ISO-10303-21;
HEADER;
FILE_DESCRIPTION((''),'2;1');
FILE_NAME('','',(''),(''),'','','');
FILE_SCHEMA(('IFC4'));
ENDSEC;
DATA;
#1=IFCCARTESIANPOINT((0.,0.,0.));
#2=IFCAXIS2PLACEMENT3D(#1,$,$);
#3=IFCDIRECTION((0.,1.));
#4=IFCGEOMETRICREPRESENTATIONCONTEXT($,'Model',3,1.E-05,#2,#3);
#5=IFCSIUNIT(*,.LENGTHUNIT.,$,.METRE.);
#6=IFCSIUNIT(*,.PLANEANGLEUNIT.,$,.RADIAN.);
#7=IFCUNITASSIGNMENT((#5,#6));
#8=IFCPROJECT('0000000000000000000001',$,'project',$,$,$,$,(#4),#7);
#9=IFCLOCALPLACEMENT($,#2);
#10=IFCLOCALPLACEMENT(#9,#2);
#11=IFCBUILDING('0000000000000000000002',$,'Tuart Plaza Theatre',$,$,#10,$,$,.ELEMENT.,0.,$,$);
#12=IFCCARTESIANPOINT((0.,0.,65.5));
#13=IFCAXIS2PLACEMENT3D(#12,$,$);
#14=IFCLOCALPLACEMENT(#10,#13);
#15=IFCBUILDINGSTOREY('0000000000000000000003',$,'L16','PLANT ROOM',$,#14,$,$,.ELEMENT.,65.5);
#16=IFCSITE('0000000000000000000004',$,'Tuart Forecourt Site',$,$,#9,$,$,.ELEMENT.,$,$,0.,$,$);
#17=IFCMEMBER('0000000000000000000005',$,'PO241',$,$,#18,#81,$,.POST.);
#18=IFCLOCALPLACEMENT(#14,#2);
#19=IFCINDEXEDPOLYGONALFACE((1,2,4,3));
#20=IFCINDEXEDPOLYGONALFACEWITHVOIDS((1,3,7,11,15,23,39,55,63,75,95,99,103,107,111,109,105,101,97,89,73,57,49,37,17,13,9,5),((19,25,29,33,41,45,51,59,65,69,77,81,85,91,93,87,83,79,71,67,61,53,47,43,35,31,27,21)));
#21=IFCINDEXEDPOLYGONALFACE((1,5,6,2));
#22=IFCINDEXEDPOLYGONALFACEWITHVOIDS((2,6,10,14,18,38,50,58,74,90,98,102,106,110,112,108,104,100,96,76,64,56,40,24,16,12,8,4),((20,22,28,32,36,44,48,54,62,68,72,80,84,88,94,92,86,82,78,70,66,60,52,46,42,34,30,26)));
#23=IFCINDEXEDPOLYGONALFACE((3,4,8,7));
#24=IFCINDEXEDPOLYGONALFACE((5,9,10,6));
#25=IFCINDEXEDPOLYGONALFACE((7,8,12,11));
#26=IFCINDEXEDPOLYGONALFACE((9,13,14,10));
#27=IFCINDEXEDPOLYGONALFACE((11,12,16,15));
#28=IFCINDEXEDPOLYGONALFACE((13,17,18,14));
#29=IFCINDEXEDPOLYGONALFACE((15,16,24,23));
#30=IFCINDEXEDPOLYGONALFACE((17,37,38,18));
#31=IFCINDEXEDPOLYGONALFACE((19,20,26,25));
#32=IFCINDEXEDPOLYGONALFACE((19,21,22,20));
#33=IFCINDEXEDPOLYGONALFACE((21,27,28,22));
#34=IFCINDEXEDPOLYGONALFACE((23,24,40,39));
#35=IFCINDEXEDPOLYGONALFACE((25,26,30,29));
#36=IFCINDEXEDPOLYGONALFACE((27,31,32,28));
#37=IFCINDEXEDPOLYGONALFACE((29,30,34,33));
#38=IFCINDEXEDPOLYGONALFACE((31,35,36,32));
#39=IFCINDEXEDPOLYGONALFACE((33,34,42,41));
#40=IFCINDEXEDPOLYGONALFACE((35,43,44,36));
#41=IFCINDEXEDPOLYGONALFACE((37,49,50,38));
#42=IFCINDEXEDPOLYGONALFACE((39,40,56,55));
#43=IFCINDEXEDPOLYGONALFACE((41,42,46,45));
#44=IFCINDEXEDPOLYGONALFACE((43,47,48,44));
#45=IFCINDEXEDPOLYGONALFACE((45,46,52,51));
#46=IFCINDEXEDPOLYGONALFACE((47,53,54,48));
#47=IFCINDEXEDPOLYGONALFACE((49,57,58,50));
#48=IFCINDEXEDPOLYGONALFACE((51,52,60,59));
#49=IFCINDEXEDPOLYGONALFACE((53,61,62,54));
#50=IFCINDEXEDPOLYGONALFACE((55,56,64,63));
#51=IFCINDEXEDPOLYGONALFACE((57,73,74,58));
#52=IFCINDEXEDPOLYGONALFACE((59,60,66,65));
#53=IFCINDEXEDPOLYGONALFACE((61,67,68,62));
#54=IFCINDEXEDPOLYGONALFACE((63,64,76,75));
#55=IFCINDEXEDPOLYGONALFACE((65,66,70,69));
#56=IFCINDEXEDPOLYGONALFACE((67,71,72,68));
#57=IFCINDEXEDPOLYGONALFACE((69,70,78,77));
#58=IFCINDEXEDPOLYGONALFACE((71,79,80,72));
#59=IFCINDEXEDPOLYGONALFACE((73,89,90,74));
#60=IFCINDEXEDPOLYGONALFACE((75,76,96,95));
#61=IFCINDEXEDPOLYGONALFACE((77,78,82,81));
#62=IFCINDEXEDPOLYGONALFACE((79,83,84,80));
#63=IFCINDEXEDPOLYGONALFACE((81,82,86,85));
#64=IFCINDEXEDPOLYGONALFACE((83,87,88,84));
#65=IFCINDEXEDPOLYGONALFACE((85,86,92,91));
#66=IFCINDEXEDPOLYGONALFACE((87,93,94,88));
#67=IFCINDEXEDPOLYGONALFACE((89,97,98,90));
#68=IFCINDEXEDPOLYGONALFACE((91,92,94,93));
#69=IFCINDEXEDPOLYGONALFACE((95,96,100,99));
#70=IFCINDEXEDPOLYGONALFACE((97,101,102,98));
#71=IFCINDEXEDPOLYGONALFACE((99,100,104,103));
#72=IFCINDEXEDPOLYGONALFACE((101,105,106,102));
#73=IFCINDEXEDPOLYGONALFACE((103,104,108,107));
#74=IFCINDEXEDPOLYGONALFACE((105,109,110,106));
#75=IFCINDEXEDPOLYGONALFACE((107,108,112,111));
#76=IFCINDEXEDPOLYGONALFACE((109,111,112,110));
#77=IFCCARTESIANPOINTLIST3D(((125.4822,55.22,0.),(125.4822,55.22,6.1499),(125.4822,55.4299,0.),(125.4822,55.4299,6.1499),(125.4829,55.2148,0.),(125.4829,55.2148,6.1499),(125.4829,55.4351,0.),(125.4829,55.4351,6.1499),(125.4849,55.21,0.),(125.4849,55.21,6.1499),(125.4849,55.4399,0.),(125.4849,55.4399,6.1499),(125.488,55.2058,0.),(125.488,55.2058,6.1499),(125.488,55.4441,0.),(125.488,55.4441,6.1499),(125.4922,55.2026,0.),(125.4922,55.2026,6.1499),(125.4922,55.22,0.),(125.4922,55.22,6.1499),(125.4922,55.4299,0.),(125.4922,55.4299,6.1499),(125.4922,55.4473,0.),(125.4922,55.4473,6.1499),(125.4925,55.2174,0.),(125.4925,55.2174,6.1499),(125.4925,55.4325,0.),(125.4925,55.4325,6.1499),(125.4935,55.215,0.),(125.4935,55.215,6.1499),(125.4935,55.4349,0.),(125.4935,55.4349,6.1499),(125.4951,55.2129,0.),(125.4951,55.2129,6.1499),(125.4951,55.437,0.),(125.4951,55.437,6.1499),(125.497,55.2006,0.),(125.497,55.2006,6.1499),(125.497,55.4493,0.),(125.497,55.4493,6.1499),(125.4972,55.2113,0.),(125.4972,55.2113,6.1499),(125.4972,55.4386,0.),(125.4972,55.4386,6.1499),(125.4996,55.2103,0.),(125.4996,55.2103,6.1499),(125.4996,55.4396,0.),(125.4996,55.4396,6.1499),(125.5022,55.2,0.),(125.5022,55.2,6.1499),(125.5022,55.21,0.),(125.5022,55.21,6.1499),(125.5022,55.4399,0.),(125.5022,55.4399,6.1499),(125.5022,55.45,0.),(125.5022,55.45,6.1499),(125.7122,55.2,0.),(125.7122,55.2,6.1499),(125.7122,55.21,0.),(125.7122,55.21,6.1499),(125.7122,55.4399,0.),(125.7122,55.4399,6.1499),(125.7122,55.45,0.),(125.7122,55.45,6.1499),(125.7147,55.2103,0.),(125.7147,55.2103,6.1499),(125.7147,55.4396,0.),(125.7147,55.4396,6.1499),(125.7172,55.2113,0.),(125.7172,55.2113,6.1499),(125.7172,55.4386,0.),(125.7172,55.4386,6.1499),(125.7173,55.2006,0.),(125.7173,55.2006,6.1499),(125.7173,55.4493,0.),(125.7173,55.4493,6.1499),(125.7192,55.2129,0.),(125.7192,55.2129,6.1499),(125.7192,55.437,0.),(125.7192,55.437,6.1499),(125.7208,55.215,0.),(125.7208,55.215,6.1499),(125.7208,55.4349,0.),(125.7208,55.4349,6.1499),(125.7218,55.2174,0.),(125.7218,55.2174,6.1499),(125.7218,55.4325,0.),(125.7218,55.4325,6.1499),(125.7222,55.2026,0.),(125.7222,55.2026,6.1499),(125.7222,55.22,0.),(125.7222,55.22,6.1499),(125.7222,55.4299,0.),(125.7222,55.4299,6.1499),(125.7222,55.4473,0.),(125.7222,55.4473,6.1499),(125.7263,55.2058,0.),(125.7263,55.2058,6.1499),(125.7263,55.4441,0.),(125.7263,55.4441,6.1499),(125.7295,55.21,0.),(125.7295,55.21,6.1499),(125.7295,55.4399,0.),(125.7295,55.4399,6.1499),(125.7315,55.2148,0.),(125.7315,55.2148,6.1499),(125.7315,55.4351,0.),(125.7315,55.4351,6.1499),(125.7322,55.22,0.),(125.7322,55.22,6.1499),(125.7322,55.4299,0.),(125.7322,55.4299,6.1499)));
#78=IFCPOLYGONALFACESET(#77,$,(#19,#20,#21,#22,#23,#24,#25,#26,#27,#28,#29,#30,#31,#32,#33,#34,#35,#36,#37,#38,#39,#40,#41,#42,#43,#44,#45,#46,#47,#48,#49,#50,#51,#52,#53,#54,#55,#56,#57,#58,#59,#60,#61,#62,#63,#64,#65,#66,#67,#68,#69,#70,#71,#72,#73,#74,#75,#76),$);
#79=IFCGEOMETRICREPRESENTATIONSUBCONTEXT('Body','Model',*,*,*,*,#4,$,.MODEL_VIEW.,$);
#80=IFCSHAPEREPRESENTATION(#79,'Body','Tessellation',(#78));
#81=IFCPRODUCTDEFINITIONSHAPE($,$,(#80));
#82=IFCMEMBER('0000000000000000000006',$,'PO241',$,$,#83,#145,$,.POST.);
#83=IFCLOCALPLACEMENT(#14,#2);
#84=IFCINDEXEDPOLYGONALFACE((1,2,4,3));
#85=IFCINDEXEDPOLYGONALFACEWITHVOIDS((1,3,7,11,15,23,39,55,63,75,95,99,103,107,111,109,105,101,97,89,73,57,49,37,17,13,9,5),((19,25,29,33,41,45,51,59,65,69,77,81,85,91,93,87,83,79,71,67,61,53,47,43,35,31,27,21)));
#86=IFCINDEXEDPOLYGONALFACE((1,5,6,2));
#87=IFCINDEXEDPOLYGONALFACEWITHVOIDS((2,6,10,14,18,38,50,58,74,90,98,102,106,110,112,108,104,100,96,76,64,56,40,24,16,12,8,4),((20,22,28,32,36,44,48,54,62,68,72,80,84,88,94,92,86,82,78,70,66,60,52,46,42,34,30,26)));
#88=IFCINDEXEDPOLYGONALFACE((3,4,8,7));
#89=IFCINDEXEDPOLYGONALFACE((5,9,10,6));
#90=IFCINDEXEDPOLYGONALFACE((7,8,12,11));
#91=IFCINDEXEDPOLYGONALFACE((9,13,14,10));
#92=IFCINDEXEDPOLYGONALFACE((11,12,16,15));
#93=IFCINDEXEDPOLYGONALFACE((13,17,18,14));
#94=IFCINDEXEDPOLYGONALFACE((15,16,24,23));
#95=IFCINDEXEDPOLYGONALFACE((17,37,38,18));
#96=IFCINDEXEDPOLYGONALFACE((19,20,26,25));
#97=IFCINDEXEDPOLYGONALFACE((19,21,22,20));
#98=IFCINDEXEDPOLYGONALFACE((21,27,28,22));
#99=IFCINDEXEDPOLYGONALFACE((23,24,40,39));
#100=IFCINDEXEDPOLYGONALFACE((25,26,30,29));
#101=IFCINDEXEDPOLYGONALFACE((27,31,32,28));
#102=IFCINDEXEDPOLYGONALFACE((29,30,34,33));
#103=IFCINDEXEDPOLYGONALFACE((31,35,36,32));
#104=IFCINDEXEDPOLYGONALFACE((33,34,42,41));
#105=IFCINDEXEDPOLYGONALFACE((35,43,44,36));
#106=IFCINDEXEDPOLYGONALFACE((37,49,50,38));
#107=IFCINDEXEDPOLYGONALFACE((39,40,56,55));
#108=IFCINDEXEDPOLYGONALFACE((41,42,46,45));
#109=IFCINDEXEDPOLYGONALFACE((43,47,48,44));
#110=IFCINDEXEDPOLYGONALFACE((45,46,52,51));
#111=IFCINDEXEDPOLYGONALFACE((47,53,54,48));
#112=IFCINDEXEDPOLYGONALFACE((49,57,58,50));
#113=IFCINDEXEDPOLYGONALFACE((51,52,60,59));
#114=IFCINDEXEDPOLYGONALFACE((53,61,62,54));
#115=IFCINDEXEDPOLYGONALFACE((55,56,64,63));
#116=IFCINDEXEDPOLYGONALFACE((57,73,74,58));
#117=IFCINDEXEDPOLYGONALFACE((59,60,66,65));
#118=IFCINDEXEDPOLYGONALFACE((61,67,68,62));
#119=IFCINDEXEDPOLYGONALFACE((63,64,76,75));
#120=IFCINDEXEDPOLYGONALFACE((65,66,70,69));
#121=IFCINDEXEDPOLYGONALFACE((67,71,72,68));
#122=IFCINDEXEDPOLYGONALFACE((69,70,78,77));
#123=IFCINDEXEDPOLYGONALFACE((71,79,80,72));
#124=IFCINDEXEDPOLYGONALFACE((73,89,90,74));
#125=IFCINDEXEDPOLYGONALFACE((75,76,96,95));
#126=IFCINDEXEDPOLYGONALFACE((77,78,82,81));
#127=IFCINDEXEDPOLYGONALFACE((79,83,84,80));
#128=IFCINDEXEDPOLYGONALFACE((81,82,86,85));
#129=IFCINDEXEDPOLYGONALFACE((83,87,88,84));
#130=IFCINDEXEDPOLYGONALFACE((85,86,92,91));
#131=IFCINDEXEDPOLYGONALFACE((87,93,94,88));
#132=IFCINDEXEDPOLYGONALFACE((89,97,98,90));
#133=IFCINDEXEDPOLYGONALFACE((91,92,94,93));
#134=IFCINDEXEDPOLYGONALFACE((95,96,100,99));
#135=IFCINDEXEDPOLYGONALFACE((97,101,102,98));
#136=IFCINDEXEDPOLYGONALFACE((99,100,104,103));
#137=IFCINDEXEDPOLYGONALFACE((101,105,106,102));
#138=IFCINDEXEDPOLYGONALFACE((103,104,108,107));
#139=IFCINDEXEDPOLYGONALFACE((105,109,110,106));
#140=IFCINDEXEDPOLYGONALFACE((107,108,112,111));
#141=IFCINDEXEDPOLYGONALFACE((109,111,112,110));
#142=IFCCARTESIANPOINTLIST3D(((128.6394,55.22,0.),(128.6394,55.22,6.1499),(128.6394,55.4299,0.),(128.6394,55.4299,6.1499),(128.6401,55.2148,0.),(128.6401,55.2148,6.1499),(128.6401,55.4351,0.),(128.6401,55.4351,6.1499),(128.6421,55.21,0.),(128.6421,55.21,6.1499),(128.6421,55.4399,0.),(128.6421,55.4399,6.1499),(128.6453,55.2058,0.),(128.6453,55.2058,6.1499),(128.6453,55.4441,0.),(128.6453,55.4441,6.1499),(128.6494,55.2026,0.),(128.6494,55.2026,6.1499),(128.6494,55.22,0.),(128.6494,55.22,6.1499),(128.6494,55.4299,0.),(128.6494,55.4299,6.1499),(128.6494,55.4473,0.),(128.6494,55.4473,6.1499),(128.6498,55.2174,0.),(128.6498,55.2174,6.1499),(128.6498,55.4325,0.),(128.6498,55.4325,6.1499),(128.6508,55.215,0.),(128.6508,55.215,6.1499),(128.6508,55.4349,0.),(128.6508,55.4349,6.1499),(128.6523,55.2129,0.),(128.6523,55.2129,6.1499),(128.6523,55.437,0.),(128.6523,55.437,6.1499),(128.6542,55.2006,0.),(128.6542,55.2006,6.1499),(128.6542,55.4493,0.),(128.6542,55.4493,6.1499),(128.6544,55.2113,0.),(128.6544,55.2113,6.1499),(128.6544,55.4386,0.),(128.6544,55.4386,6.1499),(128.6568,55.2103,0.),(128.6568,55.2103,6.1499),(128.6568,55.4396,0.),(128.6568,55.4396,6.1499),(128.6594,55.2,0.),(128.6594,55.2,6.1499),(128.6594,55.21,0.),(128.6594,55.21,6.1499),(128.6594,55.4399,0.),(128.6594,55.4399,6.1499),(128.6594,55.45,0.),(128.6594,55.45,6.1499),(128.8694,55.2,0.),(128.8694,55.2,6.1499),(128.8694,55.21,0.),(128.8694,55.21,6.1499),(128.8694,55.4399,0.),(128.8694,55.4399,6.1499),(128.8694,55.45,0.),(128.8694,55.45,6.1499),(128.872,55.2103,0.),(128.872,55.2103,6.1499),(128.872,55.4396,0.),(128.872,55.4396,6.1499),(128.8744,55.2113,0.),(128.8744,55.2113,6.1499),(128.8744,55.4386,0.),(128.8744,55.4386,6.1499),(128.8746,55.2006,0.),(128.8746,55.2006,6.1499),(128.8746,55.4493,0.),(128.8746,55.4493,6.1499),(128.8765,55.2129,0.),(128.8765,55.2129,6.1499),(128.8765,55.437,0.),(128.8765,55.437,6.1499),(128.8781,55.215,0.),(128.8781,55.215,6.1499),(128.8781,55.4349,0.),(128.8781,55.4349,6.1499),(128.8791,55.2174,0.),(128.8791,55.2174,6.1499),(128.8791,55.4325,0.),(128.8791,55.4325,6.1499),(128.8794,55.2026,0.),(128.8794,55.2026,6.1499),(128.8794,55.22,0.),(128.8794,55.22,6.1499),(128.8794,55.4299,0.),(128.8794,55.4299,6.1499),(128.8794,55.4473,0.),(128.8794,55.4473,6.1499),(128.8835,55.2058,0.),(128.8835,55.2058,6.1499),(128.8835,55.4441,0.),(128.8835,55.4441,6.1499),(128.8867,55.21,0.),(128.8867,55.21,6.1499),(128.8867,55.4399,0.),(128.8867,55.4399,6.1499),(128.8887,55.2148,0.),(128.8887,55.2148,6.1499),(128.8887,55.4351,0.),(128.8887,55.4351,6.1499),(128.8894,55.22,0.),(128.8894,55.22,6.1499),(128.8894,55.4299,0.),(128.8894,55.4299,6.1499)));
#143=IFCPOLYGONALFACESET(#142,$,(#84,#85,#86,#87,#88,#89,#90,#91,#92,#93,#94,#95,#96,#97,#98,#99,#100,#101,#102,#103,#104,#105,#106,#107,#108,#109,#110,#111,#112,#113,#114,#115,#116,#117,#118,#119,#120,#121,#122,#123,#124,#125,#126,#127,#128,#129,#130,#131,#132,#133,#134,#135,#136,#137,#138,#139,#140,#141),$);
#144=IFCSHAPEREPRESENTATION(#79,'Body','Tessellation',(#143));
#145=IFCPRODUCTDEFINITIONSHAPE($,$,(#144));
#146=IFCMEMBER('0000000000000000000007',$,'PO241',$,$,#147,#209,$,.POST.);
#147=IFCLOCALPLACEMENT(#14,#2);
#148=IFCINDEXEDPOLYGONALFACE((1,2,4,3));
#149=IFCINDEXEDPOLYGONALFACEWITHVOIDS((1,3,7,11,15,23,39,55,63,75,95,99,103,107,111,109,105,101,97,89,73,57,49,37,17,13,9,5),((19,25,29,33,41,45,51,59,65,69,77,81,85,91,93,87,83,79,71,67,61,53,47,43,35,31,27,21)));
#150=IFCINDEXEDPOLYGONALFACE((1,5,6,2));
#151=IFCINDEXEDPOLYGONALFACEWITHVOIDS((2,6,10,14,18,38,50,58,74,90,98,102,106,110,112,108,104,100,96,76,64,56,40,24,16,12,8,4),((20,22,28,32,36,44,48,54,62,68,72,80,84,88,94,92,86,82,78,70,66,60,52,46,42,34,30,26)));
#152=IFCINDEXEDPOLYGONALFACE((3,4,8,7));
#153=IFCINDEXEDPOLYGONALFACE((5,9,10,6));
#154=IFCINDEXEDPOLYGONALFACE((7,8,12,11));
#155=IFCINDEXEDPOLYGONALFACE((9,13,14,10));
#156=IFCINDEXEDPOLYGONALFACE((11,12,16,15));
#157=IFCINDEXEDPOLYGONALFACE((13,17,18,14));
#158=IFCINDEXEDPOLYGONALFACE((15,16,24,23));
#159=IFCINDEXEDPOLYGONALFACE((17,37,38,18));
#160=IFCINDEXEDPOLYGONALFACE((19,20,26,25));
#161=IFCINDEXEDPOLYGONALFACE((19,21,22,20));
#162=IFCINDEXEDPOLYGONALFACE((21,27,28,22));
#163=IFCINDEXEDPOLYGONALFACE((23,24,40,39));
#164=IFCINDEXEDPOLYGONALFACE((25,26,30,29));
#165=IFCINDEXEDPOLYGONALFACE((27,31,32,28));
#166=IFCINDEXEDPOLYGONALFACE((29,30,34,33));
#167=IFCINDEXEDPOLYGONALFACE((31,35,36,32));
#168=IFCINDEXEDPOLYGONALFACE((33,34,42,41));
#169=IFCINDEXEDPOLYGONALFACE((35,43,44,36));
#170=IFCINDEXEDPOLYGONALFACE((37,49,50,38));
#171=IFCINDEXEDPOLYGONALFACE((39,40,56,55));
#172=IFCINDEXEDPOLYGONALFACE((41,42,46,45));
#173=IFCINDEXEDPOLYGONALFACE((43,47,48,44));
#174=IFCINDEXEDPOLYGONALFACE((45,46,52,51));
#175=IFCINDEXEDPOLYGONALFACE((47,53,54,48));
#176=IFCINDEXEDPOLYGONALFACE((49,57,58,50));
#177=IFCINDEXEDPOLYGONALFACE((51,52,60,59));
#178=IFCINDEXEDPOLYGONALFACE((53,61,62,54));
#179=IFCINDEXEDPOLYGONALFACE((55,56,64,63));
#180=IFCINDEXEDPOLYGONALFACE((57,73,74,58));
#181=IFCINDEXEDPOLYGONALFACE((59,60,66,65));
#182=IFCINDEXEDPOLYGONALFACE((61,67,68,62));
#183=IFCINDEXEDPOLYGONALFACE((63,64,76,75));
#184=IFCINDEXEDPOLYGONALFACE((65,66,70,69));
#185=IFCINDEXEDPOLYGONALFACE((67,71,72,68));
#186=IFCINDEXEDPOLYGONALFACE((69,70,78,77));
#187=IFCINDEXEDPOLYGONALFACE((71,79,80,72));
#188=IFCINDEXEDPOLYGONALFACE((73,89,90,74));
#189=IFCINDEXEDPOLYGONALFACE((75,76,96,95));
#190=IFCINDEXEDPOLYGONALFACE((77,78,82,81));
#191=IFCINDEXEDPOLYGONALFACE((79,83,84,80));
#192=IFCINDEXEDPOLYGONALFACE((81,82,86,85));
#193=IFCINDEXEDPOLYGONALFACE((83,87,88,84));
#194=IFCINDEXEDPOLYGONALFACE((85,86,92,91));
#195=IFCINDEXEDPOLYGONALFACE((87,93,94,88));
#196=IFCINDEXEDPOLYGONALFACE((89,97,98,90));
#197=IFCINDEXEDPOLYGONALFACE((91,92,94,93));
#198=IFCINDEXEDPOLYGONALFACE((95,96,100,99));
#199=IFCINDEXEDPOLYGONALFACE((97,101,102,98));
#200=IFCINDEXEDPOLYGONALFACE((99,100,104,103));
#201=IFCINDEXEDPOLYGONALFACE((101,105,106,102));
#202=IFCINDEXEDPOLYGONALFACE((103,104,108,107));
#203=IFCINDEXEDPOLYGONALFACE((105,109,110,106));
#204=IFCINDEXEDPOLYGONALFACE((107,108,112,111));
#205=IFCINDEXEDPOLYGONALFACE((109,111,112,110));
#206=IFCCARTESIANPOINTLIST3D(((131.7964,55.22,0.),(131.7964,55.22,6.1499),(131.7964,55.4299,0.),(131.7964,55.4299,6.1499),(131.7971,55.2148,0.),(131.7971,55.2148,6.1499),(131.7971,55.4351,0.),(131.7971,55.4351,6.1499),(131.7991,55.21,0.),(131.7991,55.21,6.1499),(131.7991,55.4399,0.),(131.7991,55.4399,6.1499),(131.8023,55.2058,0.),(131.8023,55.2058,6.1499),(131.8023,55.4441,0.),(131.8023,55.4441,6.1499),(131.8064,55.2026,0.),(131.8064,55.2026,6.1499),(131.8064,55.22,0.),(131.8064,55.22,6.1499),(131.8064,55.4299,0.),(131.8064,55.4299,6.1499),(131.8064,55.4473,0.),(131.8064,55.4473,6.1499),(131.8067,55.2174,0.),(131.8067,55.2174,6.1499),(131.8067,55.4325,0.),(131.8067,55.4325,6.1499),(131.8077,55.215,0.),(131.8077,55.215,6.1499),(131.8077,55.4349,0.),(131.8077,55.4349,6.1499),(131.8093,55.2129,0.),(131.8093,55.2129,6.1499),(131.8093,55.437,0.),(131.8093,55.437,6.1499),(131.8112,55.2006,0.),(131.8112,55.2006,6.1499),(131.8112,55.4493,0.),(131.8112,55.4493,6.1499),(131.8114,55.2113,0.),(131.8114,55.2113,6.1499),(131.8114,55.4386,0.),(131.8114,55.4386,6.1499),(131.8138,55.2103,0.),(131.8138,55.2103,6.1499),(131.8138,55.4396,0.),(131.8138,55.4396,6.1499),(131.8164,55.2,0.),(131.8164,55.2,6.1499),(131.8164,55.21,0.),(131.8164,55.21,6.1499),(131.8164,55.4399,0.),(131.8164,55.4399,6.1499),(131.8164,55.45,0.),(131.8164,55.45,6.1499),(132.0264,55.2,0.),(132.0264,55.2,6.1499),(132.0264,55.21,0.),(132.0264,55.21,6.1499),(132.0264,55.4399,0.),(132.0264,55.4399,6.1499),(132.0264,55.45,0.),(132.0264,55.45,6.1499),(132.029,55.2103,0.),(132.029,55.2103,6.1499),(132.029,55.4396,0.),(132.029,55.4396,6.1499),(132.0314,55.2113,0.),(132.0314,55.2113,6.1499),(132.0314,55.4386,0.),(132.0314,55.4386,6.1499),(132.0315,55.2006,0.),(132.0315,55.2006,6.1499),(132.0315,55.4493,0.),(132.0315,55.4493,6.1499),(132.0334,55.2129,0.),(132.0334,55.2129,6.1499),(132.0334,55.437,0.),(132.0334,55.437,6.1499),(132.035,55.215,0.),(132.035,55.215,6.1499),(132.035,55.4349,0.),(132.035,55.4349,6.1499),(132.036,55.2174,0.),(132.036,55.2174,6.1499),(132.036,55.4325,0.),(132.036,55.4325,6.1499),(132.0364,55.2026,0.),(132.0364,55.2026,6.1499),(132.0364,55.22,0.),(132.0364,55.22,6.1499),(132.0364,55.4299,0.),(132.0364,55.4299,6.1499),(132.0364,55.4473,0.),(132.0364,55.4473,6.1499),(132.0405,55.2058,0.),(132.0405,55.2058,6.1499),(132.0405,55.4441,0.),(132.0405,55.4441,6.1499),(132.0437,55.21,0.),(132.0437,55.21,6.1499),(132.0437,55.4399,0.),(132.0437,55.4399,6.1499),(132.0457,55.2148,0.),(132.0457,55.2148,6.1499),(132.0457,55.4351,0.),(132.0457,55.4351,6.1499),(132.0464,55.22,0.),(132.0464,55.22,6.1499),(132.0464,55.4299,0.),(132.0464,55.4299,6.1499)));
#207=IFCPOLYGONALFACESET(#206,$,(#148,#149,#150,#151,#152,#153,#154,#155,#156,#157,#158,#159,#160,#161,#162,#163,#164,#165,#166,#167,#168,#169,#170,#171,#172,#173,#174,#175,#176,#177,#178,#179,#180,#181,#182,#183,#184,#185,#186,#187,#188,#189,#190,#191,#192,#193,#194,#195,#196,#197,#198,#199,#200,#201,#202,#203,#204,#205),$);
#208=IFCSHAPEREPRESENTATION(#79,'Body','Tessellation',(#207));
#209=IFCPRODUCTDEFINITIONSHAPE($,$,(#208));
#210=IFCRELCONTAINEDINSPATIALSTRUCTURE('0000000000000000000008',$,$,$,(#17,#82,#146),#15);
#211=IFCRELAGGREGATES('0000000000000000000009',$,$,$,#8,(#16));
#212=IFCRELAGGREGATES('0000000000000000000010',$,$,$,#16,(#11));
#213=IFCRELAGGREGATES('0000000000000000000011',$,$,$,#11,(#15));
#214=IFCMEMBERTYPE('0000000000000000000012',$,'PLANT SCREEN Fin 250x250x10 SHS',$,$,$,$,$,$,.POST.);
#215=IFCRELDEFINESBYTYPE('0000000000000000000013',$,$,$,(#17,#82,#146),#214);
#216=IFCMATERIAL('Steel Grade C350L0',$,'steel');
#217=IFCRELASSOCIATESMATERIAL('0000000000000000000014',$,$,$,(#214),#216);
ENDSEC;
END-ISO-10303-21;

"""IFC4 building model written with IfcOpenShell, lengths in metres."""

from ifc_helpers import new_model, si_unit, direction, frame, origin, origin_2d, place, context, subcontext, project, spatial, hollow_rectangle, extrude, material, material_profile, profile_set, type_object, element, save


model = new_model("IFC4")

# Units and contexts
model_context = context("Model", 3, precision=1e-05, world=origin(), true_north=direction((0.0, 1.0)))
body_context = subcontext(model_context, "Body", "Model", "MODEL_VIEW")
ifc_project = project(units=[si_unit("LENGTHUNIT", "METRE"), si_unit("PLANEANGLEUNIT", "RADIAN")], contexts=[model_context])

# Site, building, storey
site_placement = place(None, origin())
site = spatial("IfcSite", under=ifc_project, at=site_placement, Name="Tuart Forecourt Site", CompositionType="ELEMENT", RefElevation=0.0)
building_placement = place(site_placement, origin())
building = spatial("IfcBuilding", under=site, at=building_placement, Name="Tuart Plaza Theatre", CompositionType="ELEMENT", ElevationOfRefHeight=0.0)
storey_placement = place(building_placement, frame((0.0, 0.0, 65.5)))
storey = spatial("IfcBuildingStorey", under=building, at=storey_placement, Name="L16", Description="PLANT ROOM", CompositionType="ELEMENT", Elevation=65.5)

# Members
ifc_material_1 = material(Name="Steel Grade C350L0", Category="steel")
ifc_material_profile_1 = material_profile(ifc_material_1, hollow_rectangle(XDim=0.25, YDim=0.25, WallThickness=0.01, InnerFilletRadius=0.01, OuterFilletRadius=0.02, at=origin_2d()), Name="250x250x10 SHS")
ifc_profile_set_1 = profile_set([ifc_material_profile_1], Name="Steel Grade C350L0")
member_type = type_object("IfcMemberType", Name="PLANT SCREEN Fin 250x250x10 SHS", PredefinedType="POST", material=ifc_profile_set_1)
for number, where, z_axis, x_axis, name in (
    (1, (125.6072, 55.325, 0.0), (0.0, 0.0, 1.0), (1.0, 0.0, 0.0), "PO241"),
    (2, (128.7644, 55.325, 0.0), (0.0, 0.0, 1.0), (1.0, 0.0, 0.0), "PO241"),
    (3, (131.9214, 55.325, 0.0), (0.0, 0.0, 1.0), (1.0, 0.0, 0.0), "PO241"),
):
    element("IfcMember", number, at=place(storey_placement, frame(where, z_axis=z_axis, x_axis=x_axis)), inside=storey, type_object=member_type, Name=name, PredefinedType="POST", context=body_context, shape_type="SweptSolid", body=[
        extrude(hollow_rectangle(XDim=0.25, YDim=0.25, WallThickness=0.01, InnerFilletRadius=0.01, OuterFilletRadius=0.02, at=origin_2d()), origin(), (0.0, 0.0, 1.0), 6.1499),
    ])

save(model, "model.ifc")
